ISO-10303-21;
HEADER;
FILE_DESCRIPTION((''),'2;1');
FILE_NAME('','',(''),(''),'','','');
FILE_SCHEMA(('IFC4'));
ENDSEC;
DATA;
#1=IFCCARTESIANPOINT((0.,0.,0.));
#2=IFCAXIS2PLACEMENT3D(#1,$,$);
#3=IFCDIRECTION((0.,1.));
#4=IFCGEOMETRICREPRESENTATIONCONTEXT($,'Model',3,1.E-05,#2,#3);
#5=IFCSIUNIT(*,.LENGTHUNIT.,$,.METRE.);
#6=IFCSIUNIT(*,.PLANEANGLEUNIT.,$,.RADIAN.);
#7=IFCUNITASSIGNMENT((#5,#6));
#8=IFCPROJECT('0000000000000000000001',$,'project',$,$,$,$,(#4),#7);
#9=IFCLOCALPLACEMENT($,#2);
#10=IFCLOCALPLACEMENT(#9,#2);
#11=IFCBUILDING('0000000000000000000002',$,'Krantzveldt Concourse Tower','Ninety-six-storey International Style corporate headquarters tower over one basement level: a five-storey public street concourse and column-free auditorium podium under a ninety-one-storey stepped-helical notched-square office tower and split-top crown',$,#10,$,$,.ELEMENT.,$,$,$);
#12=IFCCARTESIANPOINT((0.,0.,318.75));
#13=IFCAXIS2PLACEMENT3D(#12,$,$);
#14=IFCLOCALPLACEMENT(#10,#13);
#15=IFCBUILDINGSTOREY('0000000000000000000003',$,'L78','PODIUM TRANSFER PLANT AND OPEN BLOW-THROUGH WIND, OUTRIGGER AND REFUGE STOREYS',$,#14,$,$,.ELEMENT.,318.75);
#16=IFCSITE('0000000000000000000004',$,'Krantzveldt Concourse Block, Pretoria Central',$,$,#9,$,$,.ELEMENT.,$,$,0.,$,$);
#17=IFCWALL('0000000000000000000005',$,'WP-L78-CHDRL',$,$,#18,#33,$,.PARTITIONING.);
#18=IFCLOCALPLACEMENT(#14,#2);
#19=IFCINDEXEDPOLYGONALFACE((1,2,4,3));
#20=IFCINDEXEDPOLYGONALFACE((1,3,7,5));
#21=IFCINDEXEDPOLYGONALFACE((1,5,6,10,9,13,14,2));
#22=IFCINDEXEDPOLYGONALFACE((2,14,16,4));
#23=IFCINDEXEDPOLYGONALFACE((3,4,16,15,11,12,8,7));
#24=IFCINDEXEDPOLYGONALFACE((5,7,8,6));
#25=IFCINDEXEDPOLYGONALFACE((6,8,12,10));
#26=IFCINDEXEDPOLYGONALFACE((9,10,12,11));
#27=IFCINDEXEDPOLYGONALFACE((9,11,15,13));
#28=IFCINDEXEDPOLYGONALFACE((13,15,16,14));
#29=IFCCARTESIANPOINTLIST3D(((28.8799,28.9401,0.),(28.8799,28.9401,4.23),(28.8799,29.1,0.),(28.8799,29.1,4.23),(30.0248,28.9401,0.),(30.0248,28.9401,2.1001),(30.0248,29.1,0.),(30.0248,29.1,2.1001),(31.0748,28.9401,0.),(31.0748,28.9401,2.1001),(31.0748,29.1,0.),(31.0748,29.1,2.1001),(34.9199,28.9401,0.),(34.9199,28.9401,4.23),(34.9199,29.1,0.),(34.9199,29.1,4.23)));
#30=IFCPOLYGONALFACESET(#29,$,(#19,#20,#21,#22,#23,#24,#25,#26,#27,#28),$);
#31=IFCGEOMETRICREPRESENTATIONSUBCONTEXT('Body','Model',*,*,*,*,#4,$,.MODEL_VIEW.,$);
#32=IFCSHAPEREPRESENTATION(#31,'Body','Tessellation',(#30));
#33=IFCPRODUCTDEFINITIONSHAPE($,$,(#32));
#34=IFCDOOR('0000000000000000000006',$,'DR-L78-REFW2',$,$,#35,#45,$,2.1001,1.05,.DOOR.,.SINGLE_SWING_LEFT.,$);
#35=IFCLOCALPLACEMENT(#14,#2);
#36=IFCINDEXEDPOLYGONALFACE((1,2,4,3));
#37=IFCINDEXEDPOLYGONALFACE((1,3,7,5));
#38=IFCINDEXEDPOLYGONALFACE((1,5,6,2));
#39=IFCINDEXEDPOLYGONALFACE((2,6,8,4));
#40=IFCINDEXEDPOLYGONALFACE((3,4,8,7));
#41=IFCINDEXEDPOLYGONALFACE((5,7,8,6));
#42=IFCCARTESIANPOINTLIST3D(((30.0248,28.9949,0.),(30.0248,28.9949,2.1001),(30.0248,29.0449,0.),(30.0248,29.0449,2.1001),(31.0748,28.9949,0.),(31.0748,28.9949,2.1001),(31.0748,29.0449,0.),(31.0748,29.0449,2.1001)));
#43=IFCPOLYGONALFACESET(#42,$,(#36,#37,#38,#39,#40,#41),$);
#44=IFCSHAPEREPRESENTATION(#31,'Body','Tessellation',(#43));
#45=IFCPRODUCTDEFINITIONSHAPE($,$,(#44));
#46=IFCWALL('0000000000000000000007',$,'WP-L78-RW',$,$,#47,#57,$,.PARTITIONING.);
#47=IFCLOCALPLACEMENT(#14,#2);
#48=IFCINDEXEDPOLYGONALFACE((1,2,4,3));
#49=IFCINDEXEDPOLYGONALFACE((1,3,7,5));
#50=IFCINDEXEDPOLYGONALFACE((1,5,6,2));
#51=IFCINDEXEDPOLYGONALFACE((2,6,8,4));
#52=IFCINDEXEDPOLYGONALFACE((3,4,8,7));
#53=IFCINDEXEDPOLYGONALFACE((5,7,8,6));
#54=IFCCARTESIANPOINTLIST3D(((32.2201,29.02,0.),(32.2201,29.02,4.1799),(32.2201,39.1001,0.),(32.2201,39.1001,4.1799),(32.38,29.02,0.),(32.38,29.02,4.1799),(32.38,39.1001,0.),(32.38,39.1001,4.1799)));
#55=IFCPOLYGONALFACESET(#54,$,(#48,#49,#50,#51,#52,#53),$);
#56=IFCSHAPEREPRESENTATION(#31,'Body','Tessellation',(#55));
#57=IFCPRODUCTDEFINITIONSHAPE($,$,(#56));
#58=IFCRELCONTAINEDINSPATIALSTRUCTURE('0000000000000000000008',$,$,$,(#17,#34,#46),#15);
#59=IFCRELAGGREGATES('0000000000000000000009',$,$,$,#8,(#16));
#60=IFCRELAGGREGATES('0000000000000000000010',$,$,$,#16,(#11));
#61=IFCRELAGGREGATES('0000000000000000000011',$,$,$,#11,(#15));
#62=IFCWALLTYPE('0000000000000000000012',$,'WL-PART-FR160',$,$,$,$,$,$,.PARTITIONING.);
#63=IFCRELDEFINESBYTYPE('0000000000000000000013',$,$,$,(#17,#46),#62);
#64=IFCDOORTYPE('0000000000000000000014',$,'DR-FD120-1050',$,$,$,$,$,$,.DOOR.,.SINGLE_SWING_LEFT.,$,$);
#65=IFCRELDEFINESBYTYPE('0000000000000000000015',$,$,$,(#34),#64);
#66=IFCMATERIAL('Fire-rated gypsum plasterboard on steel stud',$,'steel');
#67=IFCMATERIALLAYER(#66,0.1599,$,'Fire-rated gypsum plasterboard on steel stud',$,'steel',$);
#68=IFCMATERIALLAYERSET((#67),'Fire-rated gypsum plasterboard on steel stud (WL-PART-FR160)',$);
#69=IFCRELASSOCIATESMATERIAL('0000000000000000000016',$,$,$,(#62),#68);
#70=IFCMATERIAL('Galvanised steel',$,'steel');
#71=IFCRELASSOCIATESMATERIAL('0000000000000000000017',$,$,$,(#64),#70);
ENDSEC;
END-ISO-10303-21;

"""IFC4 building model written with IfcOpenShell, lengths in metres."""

from ifc_helpers import new_model, si_unit, direction, frame, frame_2d, origin, place, context, subcontext, project, spatial, rectangle, extrude, material, layer, layer_set, type_object, element, fill, save


model = new_model("IFC4")

# Units and contexts
model_context = context("Model", 3, precision=1e-05, world=origin(), true_north=direction((0.0, 1.0)))
body_context = subcontext(model_context, "Body", "Model", "MODEL_VIEW")
ifc_project = project(units=[si_unit("LENGTHUNIT", "METRE"), si_unit("PLANEANGLEUNIT", "RADIAN")], contexts=[model_context])

# Site, building, storey
site_placement = place(None, origin())
site = spatial("IfcSite", under=ifc_project, at=site_placement, Name="Krantzveldt Concourse Block, Pretoria Central", CompositionType="ELEMENT", RefElevation=0.0)
building_placement = place(site_placement, origin())
building = spatial("IfcBuilding", under=site, at=building_placement, Name="Krantzveldt Concourse Tower", Description="Ninety-six-storey International Style corporate headquarters tower over one basement level: a five-storey public street concourse and column-free auditorium podium under a ninety-one-storey stepped-helical notched-square office tower and split-top crown", CompositionType="ELEMENT")
storey_placement = place(building_placement, frame((0.0, 0.0, 318.75)))
storey = spatial("IfcBuildingStorey", under=building, at=storey_placement, Name="L78", Description="PODIUM TRANSFER PLANT AND OPEN BLOW-THROUGH WIND, OUTRIGGER AND REFUGE STOREYS", CompositionType="ELEMENT", Elevation=318.75)

# Shared definitions
ifc_material_1 = material(Name="Fire-rated gypsum plasterboard on steel stud", Category="steel")

# Wall, opening, door
ifc_layer_1 = layer(ifc_material_1, 0.1599, Name="Fire-rated gypsum plasterboard on steel stud", Category="steel")
ifc_layer_set_1 = layer_set([ifc_layer_1], Name="Fire-rated gypsum plasterboard on steel stud (WL-PART-FR160)")
wall_type_1 = type_object("IfcWallType", Name="WL-PART-FR160", PredefinedType="PARTITIONING", material=ifc_layer_set_1)
wall_1_placement = place(storey_placement, frame((28.8799, 29.02, 0.0), z_axis=(0.0, 0.0, 1.0), x_axis=(1.0, 0.0, 0.0)))
wall_1 = element("IfcWall", 1, at=wall_1_placement, inside=storey, type_object=wall_type_1, Name="WP-L78-CHDRL", PredefinedType="PARTITIONING", context=body_context, shape_type="SweptSolid", body=[
    extrude(rectangle(XDim=6.04, YDim=0.1599, at=frame_2d((3.02, 0.0))), origin(), (0.0, 0.0, 1.0), 4.23),
])
opening_1_placement = place(wall_1_placement, frame((1.145, 0.0, 0.0)))
opening_1 = element("IfcOpeningElement", 2, at=opening_1_placement, cuts=wall_1, PredefinedType="OPENING", context=body_context, shape_type="SweptSolid", body=[
    extrude(rectangle(XDim=1.05, YDim=2.1001, at=frame_2d((0.5249, 1.05))), frame((0.0, 0.0898, 0.0), z_axis=(0.0, -1.0, 0.0), x_axis=(1.0, 0.0, 0.0)), (0.0, 0.0, 1.0), 0.1799),
])
ifc_material_2 = material(Name="Galvanised steel", Category="steel")
door_type_1 = type_object("IfcDoorType", Name="DR-FD120-1050", OperationType="SINGLE_SWING_LEFT", PredefinedType="DOOR", material=ifc_material_2)
door_1_placement = place(opening_1_placement, origin())
door_1 = element("IfcDoor", 3, at=door_1_placement, inside=storey, type_object=door_type_1, Name="DR-L78-REFW2", OperationType="SINGLE_SWING_LEFT", OverallHeight=2.1001, OverallWidth=1.05, PredefinedType="DOOR", context=body_context, shape_type="SweptSolid", body=[
    extrude(rectangle(XDim=1.05, YDim=2.1001, at=frame_2d((0.5249, 1.05))), frame((0.0, 0.0249, 0.0), z_axis=(0.0, -1.0, 0.0), x_axis=(1.0, 0.0, 0.0)), (0.0, 0.0, 1.0), 0.05),
])
fill(opening_1, door_1)

# Wall
wall_2_placement = place(storey_placement, frame((32.3, 29.02, 0.0), z_axis=(0.0, 0.0, 1.0), x_axis=(0.0, 1.0, 0.0)))
element("IfcWall", 4, at=wall_2_placement, inside=storey, type_object=wall_type_1, Name="WP-L78-RW", PredefinedType="PARTITIONING", context=body_context, shape_type="SweptSolid", body=[
    extrude(rectangle(XDim=10.0801, YDim=0.1599, at=frame_2d((5.04, 0.0))), origin(), (0.0, 0.0, 1.0), 4.1799),
])

save(model, "model.ifc")
